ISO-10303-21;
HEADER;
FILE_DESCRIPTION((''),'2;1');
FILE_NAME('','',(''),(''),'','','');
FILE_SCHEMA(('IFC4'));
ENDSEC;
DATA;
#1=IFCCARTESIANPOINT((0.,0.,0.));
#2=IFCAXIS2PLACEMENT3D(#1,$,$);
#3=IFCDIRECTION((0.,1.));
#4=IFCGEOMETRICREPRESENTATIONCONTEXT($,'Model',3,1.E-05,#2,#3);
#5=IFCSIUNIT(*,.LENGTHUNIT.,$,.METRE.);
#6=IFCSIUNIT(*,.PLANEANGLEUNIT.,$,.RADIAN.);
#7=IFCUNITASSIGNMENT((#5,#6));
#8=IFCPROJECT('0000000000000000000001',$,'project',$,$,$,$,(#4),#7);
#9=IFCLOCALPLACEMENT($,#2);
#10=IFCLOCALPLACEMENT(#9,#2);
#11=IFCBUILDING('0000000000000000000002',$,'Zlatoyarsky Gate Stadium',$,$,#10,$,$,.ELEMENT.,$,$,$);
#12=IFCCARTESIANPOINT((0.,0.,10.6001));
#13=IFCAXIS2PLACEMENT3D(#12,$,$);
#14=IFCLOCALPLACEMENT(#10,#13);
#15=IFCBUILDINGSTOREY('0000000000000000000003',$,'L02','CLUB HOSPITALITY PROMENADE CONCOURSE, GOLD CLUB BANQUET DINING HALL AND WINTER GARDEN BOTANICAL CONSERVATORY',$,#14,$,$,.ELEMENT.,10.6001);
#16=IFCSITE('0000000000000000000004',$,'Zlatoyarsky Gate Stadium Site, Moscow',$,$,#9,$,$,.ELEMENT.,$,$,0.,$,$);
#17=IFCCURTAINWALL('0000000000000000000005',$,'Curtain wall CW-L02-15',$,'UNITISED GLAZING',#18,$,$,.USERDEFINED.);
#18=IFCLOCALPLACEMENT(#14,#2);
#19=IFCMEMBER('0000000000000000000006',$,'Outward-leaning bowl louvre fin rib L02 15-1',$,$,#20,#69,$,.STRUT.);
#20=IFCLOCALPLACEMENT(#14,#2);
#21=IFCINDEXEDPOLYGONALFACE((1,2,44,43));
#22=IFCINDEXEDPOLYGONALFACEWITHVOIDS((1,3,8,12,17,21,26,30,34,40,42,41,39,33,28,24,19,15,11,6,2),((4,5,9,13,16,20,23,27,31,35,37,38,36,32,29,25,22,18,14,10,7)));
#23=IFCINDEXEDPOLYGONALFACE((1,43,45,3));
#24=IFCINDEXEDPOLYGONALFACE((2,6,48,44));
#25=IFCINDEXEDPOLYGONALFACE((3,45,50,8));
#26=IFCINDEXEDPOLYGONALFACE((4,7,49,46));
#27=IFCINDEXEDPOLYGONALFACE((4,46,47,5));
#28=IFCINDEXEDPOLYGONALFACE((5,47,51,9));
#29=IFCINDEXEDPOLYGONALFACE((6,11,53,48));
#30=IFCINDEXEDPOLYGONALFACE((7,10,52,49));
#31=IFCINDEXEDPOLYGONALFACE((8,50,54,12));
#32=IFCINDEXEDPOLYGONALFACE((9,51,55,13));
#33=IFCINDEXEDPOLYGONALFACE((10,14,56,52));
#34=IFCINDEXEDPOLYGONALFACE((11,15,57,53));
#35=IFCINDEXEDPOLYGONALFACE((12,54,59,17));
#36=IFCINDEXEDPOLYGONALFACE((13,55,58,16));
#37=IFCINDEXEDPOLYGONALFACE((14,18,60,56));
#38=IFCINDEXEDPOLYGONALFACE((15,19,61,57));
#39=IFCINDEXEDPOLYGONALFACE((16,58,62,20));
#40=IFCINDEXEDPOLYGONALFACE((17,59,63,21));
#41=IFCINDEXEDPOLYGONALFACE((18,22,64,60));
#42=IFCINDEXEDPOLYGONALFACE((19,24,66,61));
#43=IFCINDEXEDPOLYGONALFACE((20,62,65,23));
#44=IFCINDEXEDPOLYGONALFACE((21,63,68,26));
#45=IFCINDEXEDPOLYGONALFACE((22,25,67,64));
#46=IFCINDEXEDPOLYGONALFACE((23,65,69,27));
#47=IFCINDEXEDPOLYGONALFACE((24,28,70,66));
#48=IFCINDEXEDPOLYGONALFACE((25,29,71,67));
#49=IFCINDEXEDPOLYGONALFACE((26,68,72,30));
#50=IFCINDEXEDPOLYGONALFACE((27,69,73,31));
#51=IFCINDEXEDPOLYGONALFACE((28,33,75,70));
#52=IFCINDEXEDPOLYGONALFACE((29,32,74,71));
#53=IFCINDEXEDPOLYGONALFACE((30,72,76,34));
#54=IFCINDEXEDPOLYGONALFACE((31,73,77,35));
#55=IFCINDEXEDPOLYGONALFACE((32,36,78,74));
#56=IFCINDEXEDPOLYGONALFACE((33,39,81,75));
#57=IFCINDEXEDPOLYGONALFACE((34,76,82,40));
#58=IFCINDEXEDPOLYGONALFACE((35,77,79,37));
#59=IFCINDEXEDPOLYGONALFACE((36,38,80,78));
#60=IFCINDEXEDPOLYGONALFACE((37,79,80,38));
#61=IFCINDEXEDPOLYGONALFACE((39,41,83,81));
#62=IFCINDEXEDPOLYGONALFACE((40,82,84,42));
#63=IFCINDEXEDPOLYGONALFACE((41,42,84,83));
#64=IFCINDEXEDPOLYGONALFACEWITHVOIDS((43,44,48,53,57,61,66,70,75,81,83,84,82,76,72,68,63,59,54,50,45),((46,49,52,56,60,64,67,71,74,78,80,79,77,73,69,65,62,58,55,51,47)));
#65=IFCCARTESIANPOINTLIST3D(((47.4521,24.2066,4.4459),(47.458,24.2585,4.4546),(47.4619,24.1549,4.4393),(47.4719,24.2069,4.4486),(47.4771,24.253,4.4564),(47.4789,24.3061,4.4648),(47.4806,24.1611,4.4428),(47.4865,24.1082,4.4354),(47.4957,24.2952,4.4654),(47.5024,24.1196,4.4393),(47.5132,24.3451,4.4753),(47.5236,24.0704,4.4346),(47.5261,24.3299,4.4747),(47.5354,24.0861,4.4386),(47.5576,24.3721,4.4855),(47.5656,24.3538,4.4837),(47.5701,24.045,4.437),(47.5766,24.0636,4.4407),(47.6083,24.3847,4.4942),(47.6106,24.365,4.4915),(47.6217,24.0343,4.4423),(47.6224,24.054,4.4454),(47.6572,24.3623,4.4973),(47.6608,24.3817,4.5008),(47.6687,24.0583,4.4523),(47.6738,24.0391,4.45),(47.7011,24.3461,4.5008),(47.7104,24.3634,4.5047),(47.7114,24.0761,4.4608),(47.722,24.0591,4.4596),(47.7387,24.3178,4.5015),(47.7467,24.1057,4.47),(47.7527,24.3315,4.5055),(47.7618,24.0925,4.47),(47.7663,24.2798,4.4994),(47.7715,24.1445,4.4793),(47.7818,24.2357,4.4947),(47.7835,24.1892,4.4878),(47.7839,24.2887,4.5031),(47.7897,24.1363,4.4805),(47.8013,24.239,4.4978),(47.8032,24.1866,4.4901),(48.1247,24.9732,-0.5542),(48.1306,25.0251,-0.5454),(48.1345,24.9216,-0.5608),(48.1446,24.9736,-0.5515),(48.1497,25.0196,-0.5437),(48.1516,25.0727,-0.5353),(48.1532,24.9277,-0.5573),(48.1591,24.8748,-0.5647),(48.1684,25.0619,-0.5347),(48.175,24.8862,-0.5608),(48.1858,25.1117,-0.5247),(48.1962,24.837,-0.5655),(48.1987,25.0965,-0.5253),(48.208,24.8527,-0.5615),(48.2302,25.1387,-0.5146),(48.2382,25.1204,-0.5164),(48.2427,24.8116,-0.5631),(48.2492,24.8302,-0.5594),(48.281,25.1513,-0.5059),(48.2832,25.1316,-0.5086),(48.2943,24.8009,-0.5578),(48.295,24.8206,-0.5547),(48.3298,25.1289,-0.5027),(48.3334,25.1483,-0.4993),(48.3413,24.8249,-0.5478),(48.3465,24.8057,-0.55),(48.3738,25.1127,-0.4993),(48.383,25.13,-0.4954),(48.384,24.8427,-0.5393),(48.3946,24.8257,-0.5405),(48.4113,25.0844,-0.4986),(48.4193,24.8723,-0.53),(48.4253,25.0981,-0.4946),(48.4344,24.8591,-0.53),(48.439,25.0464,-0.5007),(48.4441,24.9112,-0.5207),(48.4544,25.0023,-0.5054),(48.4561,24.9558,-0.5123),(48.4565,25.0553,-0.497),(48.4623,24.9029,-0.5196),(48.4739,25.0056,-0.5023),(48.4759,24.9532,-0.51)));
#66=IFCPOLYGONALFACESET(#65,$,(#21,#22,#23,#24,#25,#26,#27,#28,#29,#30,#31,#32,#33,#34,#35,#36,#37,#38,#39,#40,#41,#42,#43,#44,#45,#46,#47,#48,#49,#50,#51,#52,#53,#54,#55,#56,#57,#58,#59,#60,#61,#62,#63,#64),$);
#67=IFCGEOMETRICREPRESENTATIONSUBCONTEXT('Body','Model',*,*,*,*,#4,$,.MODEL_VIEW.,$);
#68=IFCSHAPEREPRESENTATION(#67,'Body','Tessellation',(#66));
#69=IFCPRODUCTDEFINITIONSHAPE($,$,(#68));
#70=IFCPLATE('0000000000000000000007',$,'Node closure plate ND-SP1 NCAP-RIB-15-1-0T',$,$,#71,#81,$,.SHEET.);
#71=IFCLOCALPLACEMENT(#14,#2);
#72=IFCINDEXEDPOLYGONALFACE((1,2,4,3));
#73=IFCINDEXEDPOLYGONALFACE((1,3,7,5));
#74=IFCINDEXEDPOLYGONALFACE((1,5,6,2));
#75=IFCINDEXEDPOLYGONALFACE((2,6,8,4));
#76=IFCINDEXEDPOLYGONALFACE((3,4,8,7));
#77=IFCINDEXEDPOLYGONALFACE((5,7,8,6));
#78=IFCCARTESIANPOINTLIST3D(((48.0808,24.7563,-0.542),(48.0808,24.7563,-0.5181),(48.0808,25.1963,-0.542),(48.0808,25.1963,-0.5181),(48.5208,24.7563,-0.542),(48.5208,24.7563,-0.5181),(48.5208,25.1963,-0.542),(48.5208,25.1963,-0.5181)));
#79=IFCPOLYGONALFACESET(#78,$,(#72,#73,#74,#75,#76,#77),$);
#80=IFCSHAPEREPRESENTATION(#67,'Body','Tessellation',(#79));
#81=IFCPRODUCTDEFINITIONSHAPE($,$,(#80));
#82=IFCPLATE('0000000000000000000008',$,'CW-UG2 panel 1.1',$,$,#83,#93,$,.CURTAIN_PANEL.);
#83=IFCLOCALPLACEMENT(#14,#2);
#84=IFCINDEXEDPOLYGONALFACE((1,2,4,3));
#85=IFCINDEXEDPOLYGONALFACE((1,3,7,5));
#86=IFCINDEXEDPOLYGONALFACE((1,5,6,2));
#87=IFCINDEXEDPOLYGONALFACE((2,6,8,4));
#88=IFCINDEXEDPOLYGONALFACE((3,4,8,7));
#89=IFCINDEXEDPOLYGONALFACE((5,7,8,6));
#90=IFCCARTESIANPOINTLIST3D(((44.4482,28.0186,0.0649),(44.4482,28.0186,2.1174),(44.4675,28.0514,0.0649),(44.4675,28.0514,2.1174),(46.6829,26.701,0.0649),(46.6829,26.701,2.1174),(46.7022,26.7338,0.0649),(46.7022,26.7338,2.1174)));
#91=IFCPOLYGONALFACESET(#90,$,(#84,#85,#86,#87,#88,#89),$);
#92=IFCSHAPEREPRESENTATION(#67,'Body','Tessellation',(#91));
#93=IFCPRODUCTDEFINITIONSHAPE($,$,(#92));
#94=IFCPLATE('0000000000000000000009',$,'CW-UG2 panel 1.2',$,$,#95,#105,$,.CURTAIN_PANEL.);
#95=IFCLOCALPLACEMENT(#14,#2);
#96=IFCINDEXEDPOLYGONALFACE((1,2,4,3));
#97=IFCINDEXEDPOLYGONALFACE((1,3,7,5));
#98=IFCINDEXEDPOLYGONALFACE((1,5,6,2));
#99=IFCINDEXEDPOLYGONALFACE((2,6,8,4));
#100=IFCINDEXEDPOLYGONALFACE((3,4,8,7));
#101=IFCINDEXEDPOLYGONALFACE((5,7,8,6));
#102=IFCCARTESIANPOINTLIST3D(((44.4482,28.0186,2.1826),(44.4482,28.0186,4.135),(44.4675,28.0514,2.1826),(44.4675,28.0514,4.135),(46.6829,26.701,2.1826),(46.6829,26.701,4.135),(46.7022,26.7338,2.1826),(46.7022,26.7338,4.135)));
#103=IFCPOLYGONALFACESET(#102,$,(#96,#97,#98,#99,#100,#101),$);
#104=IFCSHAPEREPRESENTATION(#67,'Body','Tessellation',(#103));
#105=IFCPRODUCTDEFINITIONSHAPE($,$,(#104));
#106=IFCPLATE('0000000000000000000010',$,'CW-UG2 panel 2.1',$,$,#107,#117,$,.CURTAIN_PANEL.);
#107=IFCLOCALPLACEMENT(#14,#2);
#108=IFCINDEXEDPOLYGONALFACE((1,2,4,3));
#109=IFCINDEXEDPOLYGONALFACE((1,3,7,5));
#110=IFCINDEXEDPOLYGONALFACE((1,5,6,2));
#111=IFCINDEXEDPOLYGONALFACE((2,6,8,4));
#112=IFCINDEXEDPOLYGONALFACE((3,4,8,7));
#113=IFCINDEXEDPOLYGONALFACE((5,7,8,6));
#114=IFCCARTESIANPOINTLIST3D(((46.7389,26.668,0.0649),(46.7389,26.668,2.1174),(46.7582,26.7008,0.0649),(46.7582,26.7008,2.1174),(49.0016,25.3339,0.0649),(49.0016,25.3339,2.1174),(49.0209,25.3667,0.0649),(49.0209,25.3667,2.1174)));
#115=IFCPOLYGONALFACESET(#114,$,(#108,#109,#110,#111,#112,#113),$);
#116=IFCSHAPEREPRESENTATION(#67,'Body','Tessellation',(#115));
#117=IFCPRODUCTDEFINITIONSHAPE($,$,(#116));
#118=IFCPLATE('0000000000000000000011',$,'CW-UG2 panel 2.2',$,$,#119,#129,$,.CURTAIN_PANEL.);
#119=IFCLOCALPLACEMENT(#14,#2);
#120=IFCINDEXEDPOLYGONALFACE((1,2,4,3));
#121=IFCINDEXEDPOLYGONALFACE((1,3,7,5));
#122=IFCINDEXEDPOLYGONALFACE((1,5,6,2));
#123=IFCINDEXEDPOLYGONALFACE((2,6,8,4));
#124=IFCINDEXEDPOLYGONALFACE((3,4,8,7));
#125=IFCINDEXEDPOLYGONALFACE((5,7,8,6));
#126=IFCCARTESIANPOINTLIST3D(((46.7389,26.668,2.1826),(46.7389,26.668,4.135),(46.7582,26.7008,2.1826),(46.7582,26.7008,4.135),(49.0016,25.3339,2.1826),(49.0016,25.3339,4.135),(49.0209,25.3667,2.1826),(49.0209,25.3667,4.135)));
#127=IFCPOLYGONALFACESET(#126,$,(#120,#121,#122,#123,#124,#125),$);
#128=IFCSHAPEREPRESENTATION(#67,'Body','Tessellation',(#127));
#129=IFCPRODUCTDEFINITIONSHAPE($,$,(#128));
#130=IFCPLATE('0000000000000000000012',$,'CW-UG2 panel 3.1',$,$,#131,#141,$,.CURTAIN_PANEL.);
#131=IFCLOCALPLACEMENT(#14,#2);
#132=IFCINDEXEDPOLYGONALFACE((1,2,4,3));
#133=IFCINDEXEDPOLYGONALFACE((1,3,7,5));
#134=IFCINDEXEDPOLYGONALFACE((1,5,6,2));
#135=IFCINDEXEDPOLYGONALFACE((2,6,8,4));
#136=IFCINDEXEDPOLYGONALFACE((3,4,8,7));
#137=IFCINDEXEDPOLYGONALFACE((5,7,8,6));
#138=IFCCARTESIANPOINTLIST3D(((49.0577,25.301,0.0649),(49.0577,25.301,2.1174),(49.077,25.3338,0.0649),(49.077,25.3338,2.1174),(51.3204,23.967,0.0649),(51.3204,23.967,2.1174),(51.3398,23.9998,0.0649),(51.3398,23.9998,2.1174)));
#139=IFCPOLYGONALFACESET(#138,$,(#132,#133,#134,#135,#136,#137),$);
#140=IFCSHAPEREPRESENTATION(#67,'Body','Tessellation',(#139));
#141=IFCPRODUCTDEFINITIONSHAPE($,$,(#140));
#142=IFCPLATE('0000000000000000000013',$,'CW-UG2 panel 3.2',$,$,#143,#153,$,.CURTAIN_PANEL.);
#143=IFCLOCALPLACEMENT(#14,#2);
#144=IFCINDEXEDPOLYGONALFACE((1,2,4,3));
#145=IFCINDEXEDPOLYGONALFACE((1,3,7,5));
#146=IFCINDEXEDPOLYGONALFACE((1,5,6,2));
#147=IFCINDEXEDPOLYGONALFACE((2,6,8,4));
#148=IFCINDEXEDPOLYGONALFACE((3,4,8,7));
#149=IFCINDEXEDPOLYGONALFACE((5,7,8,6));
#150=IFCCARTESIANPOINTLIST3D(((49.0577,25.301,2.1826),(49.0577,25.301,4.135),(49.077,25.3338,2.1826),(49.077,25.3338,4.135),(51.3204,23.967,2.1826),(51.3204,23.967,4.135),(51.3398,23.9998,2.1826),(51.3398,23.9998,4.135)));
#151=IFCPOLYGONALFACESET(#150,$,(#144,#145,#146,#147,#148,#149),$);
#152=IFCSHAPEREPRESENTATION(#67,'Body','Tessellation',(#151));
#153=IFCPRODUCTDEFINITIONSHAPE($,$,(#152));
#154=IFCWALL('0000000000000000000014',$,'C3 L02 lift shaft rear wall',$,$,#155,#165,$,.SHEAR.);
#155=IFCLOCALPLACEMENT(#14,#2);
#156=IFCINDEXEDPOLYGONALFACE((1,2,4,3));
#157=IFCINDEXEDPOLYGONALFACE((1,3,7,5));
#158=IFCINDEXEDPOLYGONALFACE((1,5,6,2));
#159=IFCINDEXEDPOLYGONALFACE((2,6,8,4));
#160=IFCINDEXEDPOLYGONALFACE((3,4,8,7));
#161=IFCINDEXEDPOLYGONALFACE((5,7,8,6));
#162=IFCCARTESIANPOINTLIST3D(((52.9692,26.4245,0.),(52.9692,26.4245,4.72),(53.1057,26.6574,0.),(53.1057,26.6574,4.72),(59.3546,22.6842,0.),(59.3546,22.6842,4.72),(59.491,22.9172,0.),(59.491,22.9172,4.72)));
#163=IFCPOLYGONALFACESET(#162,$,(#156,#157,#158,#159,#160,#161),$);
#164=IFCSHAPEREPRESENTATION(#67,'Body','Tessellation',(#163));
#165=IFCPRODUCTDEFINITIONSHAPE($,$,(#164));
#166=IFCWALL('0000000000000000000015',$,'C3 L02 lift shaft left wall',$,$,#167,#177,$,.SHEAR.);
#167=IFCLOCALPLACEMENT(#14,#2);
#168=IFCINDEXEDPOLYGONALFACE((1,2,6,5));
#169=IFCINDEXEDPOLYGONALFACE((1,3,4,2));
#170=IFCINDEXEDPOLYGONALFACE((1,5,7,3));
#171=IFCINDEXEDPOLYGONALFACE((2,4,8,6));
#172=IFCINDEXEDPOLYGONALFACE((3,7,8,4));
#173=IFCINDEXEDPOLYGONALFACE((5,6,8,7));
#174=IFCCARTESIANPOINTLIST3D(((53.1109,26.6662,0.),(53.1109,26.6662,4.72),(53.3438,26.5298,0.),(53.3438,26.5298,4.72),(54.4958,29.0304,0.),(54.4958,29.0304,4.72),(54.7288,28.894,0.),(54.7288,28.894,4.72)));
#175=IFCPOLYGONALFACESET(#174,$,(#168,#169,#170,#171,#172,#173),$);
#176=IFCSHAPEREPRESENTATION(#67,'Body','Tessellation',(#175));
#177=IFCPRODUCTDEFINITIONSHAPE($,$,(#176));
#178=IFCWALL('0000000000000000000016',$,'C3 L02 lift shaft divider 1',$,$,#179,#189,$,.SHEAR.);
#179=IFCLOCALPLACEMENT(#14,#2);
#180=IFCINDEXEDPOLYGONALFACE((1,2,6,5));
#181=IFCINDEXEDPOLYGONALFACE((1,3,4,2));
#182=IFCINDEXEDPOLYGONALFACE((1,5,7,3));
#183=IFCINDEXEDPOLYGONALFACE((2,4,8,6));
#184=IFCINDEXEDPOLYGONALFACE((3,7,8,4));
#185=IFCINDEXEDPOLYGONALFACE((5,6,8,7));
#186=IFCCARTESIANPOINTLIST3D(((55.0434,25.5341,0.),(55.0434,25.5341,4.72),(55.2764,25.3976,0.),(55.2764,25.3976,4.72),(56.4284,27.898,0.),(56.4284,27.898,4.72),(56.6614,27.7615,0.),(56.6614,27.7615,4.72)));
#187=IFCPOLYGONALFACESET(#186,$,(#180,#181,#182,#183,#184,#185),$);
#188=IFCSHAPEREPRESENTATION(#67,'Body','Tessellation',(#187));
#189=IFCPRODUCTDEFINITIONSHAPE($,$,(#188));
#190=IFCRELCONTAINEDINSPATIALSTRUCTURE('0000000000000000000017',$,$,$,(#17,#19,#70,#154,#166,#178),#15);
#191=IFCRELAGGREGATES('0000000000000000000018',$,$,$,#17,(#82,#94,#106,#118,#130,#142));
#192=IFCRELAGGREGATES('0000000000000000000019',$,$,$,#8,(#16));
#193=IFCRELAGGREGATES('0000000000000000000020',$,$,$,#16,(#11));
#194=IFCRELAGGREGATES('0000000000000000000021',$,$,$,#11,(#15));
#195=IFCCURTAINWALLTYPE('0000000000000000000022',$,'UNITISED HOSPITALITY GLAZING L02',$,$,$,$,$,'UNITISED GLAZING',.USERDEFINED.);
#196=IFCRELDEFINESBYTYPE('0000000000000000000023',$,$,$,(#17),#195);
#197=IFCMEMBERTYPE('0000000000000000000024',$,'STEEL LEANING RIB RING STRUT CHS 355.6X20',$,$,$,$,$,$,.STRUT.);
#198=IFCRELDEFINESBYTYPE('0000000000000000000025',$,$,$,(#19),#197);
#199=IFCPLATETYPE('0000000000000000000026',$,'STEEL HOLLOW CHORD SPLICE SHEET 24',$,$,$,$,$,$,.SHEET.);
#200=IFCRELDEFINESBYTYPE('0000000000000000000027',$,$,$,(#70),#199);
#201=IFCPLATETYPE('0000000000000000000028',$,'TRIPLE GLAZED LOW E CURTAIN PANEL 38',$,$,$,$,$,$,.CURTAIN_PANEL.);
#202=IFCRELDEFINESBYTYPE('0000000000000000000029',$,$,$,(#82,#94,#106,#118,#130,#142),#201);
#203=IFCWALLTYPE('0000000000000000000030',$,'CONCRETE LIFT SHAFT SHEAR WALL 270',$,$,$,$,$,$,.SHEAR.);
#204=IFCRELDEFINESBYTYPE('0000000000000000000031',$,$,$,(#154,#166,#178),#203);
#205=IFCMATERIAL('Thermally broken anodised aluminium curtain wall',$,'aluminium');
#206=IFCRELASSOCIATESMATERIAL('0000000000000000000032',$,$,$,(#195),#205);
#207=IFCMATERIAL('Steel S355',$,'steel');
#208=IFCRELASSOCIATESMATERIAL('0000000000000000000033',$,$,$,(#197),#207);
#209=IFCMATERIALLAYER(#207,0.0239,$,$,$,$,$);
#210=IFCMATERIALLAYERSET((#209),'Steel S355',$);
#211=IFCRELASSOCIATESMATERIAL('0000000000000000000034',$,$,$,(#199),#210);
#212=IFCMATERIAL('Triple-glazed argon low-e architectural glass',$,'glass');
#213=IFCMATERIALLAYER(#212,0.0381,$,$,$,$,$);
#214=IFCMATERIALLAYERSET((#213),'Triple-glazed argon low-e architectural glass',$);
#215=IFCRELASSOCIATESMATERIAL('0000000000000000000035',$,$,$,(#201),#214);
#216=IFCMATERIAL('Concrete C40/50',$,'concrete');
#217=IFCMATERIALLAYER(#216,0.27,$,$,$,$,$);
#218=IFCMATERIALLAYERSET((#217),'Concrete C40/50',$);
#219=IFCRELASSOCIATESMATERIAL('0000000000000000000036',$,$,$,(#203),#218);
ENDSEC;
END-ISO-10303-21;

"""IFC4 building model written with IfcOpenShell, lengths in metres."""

from ifc_helpers import new_model, si_unit, direction, frame, frame_2d, origin, origin_2d, place, context, subcontext, project, spatial, rectangle, hollow_circle, extrude, material, layer, layer_set, material_profile, profile_set, type_object, element, aggregate, save


model = new_model("IFC4")

# Units and contexts
model_context = context("Model", 3, precision=1e-05, world=origin(), true_north=direction((0.0, 1.0)))
body_context = subcontext(model_context, "Body", "Model", "MODEL_VIEW")
ifc_project = project(units=[si_unit("LENGTHUNIT", "METRE"), si_unit("PLANEANGLEUNIT", "RADIAN")], contexts=[model_context])

# Site, building, storey
site_placement = place(None, origin())
site = spatial("IfcSite", under=ifc_project, at=site_placement, Name="Zlatoyarsky Gate Stadium Site, Moscow", CompositionType="ELEMENT", RefElevation=0.0)
building_placement = place(site_placement, origin())
building = spatial("IfcBuilding", under=site, at=building_placement, Name="Zlatoyarsky Gate Stadium", CompositionType="ELEMENT")
storey_placement = place(building_placement, frame((0.0, 0.0, 10.6001)))
storey = spatial("IfcBuildingStorey", under=building, at=storey_placement, Name="L02", Description="CLUB HOSPITALITY PROMENADE CONCOURSE, GOLD CLUB BANQUET DINING HALL AND WINTER GARDEN BOTANICAL CONSERVATORY", CompositionType="ELEMENT", Elevation=10.6001)

# Curtain wall
ifc_material_1 = material(Name="Thermally broken anodised aluminium curtain wall", Category="aluminium")
curtain_wall_type = type_object("IfcCurtainWallType", Name="UNITISED HOSPITALITY GLAZING L02", ElementType="UNITISED GLAZING", PredefinedType="USERDEFINED", material=ifc_material_1)
curtain_wall_placement = place(storey_placement, origin())
curtain_wall = element("IfcCurtainWall", 1, at=curtain_wall_placement, inside=storey, type_object=curtain_wall_type, Name="Curtain wall CW-L02-15", ObjectType="UNITISED GLAZING", PredefinedType="USERDEFINED")

# Member
ifc_material_2 = material(Name="Steel S355", Category="steel")
ifc_material_profile_1 = material_profile(ifc_material_2, hollow_circle(Radius=0.1777, WallThickness=0.02, at=origin_2d()), Name="CHS 355.6X20")
ifc_profile_set_1 = profile_set([ifc_material_profile_1], Name="Steel S355")
member_type_1 = type_object("IfcMemberType", Name="STEEL LEANING RIB RING STRUT CHS 355.6X20", PredefinedType="STRUT", material=ifc_profile_set_1)
member_1_placement = place(storey_placement, frame((48.3008, 24.9763, -0.53), z_axis=(-0.131808, -0.150227, 0.979826), x_axis=(0.751686, -0.659521, 0.0)))
element("IfcMember", 2, at=member_1_placement, inside=storey, type_object=member_type_1, Name="Outward-leaning bowl louvre fin rib L02 15-1", PredefinedType="STRUT", context=body_context, shape_type="SweptSolid", body=[
    extrude(hollow_circle(Radius=0.1777, WallThickness=0.02, at=origin_2d()), origin(), (0.0, 0.0, 1.0), 5.103),
])

# Plates
ifc_layer_1 = layer(ifc_material_2, 0.0239)
ifc_layer_set_1 = layer_set([ifc_layer_1], Name="Steel S355")
plate_type_1 = type_object("IfcPlateType", Name="STEEL HOLLOW CHORD SPLICE SHEET 24", PredefinedType="SHEET", material=ifc_layer_set_1)
plate_1_placement = place(storey_placement, frame((48.3008, 24.9763, -0.542), z_axis=(0.0, 0.0, 1.0), x_axis=(1.0, 0.0, 0.0)))
element("IfcPlate", 3, at=plate_1_placement, inside=storey, type_object=plate_type_1, Name="Node closure plate ND-SP1 NCAP-RIB-15-1-0T", PredefinedType="SHEET", context=body_context, shape_type="SweptSolid", body=[
    extrude(rectangle(XDim=0.4399, YDim=0.4399, at=origin_2d()), origin(), (0.0, 0.0, 1.0), 0.0239),
])
ifc_material_3 = material(Name="Triple-glazed argon low-e architectural glass", Category="glass")
ifc_layer_2 = layer(ifc_material_3, 0.0381)
ifc_layer_set_2 = layer_set([ifc_layer_2], Name="Triple-glazed argon low-e architectural glass")
plate_type_2 = type_object("IfcPlateType", Name="TRIPLE GLAZED LOW E CURTAIN PANEL 38", PredefinedType="CURTAIN_PANEL", material=ifc_layer_set_2)
plate_2_placement = place(storey_placement, frame((45.5752, 27.3762, 0.0649), z_axis=(0.0, 0.0, 1.0), x_axis=(0.861425, -0.507884, 0.0)))
plate_2 = element("IfcPlate", 4, at=plate_2_placement, type_object=plate_type_2, Name="CW-UG2 panel 1.1", PredefinedType="CURTAIN_PANEL", context=body_context, shape_type="SweptSolid", body=[
    extrude(rectangle(XDim=2.5942, YDim=0.0381, at=origin_2d()), origin(), (0.0, 0.0, 1.0), 2.0525),
])
plate_3_placement = place(storey_placement, frame((45.5752, 27.3762, 2.1826), z_axis=(0.0, 0.0, 1.0), x_axis=(0.861425, -0.507884, 0.0)))
plate_3 = element("IfcPlate", 5, at=plate_3_placement, type_object=plate_type_2, Name="CW-UG2 panel 1.2", PredefinedType="CURTAIN_PANEL", context=body_context, shape_type="SweptSolid", body=[
    extrude(rectangle(XDim=2.5942, YDim=0.0381, at=origin_2d()), origin(), (0.0, 0.0, 1.0), 1.9524),
])
plate_4_placement = place(storey_placement, frame((47.8799, 26.0173, 0.0649), z_axis=(0.0, 0.0, 1.0), x_axis=(0.861425, -0.507884, 0.0)))
plate_4 = element("IfcPlate", 6, at=plate_4_placement, type_object=plate_type_2, Name="CW-UG2 panel 2.1", PredefinedType="CURTAIN_PANEL", context=body_context, shape_type="SweptSolid", body=[
    extrude(rectangle(XDim=2.6267, YDim=0.0381, at=origin_2d()), origin(), (0.0, 0.0, 1.0), 2.0525),
])
plate_5_placement = place(storey_placement, frame((47.8799, 26.0173, 2.1826), z_axis=(0.0, 0.0, 1.0), x_axis=(0.861425, -0.507884, 0.0)))
plate_5 = element("IfcPlate", 7, at=plate_5_placement, type_object=plate_type_2, Name="CW-UG2 panel 2.2", PredefinedType="CURTAIN_PANEL", context=body_context, shape_type="SweptSolid", body=[
    extrude(rectangle(XDim=2.6267, YDim=0.0381, at=origin_2d()), origin(), (0.0, 0.0, 1.0), 1.9524),
])
plate_6_placement = place(storey_placement, frame((50.1987, 24.6504, 0.0649), z_axis=(0.0, 0.0, 1.0), x_axis=(0.861425, -0.507884, 0.0)))
plate_6 = element("IfcPlate", 8, at=plate_6_placement, type_object=plate_type_2, Name="CW-UG2 panel 3.1", PredefinedType="CURTAIN_PANEL", context=body_context, shape_type="SweptSolid", body=[
    extrude(rectangle(XDim=2.6267, YDim=0.0381, at=origin_2d()), origin(), (0.0, 0.0, 1.0), 2.0525),
])
plate_7_placement = place(storey_placement, frame((50.1987, 24.6504, 2.1826), z_axis=(0.0, 0.0, 1.0), x_axis=(0.861425, -0.507884, 0.0)))
plate_7 = element("IfcPlate", 9, at=plate_7_placement, type_object=plate_type_2, Name="CW-UG2 panel 3.2", PredefinedType="CURTAIN_PANEL", context=body_context, shape_type="SweptSolid", body=[
    extrude(rectangle(XDim=2.6267, YDim=0.0381, at=origin_2d()), origin(), (0.0, 0.0, 1.0), 1.9524),
])
aggregate(curtain_wall, [plate_2, plate_3, plate_4, plate_5, plate_6, plate_7])

# Walls
ifc_material_4 = material(Name="Concrete C40/50", Category="concrete")
ifc_layer_3 = layer(ifc_material_4, 0.27)
ifc_layer_set_3 = layer_set([ifc_layer_3], Name="Concrete C40/50")
wall_type_1 = type_object("IfcWallType", Name="CONCRETE LIFT SHAFT SHEAR WALL 270", PredefinedType="SHEAR", material=ifc_layer_set_3)
wall_1_placement = place(storey_placement, frame((53.0374, 26.541, 0.0), z_axis=(0.0, 0.0, 1.0), x_axis=(0.862866, -0.505433, 0.0)))
element("IfcWall", 10, at=wall_1_placement, inside=storey, type_object=wall_type_1, Name="C3 L02 lift shaft rear wall", PredefinedType="SHEAR", context=body_context, shape_type="SweptSolid", body=[
    extrude(rectangle(XDim=7.4001, YDim=0.27, at=frame_2d((3.7002, 0.0))), origin(), (0.0, 0.0, 1.0), 4.72),
])
wall_2_placement = place(storey_placement, frame((53.2273, 26.5979, 0.0), z_axis=(0.0, 0.0, 1.0), x_axis=(0.505466, 0.862847, 0.0)))
element("IfcWall", 11, at=wall_2_placement, inside=storey, type_object=wall_type_1, Name="C3 L02 lift shaft left wall", PredefinedType="SHEAR", context=body_context, shape_type="SweptSolid", body=[
    extrude(rectangle(XDim=2.74, YDim=0.27, at=frame_2d((1.3701, 0.0))), origin(), (0.0, 0.0, 1.0), 4.72),
])
wall_3_placement = place(storey_placement, frame((55.1599, 25.4658, 0.0), z_axis=(0.0, 0.0, 1.0), x_axis=(0.505505, 0.862824, 0.0)))
element("IfcWall", 12, at=wall_3_placement, inside=storey, type_object=wall_type_1, Name="C3 L02 lift shaft divider 1", PredefinedType="SHEAR", context=body_context, shape_type="SweptSolid", body=[
    extrude(rectangle(XDim=2.7397, YDim=0.27, at=frame_2d((1.3699, 0.0))), origin(), (0.0, 0.0, 1.0), 4.72),
])

save(model, "model.ifc")
